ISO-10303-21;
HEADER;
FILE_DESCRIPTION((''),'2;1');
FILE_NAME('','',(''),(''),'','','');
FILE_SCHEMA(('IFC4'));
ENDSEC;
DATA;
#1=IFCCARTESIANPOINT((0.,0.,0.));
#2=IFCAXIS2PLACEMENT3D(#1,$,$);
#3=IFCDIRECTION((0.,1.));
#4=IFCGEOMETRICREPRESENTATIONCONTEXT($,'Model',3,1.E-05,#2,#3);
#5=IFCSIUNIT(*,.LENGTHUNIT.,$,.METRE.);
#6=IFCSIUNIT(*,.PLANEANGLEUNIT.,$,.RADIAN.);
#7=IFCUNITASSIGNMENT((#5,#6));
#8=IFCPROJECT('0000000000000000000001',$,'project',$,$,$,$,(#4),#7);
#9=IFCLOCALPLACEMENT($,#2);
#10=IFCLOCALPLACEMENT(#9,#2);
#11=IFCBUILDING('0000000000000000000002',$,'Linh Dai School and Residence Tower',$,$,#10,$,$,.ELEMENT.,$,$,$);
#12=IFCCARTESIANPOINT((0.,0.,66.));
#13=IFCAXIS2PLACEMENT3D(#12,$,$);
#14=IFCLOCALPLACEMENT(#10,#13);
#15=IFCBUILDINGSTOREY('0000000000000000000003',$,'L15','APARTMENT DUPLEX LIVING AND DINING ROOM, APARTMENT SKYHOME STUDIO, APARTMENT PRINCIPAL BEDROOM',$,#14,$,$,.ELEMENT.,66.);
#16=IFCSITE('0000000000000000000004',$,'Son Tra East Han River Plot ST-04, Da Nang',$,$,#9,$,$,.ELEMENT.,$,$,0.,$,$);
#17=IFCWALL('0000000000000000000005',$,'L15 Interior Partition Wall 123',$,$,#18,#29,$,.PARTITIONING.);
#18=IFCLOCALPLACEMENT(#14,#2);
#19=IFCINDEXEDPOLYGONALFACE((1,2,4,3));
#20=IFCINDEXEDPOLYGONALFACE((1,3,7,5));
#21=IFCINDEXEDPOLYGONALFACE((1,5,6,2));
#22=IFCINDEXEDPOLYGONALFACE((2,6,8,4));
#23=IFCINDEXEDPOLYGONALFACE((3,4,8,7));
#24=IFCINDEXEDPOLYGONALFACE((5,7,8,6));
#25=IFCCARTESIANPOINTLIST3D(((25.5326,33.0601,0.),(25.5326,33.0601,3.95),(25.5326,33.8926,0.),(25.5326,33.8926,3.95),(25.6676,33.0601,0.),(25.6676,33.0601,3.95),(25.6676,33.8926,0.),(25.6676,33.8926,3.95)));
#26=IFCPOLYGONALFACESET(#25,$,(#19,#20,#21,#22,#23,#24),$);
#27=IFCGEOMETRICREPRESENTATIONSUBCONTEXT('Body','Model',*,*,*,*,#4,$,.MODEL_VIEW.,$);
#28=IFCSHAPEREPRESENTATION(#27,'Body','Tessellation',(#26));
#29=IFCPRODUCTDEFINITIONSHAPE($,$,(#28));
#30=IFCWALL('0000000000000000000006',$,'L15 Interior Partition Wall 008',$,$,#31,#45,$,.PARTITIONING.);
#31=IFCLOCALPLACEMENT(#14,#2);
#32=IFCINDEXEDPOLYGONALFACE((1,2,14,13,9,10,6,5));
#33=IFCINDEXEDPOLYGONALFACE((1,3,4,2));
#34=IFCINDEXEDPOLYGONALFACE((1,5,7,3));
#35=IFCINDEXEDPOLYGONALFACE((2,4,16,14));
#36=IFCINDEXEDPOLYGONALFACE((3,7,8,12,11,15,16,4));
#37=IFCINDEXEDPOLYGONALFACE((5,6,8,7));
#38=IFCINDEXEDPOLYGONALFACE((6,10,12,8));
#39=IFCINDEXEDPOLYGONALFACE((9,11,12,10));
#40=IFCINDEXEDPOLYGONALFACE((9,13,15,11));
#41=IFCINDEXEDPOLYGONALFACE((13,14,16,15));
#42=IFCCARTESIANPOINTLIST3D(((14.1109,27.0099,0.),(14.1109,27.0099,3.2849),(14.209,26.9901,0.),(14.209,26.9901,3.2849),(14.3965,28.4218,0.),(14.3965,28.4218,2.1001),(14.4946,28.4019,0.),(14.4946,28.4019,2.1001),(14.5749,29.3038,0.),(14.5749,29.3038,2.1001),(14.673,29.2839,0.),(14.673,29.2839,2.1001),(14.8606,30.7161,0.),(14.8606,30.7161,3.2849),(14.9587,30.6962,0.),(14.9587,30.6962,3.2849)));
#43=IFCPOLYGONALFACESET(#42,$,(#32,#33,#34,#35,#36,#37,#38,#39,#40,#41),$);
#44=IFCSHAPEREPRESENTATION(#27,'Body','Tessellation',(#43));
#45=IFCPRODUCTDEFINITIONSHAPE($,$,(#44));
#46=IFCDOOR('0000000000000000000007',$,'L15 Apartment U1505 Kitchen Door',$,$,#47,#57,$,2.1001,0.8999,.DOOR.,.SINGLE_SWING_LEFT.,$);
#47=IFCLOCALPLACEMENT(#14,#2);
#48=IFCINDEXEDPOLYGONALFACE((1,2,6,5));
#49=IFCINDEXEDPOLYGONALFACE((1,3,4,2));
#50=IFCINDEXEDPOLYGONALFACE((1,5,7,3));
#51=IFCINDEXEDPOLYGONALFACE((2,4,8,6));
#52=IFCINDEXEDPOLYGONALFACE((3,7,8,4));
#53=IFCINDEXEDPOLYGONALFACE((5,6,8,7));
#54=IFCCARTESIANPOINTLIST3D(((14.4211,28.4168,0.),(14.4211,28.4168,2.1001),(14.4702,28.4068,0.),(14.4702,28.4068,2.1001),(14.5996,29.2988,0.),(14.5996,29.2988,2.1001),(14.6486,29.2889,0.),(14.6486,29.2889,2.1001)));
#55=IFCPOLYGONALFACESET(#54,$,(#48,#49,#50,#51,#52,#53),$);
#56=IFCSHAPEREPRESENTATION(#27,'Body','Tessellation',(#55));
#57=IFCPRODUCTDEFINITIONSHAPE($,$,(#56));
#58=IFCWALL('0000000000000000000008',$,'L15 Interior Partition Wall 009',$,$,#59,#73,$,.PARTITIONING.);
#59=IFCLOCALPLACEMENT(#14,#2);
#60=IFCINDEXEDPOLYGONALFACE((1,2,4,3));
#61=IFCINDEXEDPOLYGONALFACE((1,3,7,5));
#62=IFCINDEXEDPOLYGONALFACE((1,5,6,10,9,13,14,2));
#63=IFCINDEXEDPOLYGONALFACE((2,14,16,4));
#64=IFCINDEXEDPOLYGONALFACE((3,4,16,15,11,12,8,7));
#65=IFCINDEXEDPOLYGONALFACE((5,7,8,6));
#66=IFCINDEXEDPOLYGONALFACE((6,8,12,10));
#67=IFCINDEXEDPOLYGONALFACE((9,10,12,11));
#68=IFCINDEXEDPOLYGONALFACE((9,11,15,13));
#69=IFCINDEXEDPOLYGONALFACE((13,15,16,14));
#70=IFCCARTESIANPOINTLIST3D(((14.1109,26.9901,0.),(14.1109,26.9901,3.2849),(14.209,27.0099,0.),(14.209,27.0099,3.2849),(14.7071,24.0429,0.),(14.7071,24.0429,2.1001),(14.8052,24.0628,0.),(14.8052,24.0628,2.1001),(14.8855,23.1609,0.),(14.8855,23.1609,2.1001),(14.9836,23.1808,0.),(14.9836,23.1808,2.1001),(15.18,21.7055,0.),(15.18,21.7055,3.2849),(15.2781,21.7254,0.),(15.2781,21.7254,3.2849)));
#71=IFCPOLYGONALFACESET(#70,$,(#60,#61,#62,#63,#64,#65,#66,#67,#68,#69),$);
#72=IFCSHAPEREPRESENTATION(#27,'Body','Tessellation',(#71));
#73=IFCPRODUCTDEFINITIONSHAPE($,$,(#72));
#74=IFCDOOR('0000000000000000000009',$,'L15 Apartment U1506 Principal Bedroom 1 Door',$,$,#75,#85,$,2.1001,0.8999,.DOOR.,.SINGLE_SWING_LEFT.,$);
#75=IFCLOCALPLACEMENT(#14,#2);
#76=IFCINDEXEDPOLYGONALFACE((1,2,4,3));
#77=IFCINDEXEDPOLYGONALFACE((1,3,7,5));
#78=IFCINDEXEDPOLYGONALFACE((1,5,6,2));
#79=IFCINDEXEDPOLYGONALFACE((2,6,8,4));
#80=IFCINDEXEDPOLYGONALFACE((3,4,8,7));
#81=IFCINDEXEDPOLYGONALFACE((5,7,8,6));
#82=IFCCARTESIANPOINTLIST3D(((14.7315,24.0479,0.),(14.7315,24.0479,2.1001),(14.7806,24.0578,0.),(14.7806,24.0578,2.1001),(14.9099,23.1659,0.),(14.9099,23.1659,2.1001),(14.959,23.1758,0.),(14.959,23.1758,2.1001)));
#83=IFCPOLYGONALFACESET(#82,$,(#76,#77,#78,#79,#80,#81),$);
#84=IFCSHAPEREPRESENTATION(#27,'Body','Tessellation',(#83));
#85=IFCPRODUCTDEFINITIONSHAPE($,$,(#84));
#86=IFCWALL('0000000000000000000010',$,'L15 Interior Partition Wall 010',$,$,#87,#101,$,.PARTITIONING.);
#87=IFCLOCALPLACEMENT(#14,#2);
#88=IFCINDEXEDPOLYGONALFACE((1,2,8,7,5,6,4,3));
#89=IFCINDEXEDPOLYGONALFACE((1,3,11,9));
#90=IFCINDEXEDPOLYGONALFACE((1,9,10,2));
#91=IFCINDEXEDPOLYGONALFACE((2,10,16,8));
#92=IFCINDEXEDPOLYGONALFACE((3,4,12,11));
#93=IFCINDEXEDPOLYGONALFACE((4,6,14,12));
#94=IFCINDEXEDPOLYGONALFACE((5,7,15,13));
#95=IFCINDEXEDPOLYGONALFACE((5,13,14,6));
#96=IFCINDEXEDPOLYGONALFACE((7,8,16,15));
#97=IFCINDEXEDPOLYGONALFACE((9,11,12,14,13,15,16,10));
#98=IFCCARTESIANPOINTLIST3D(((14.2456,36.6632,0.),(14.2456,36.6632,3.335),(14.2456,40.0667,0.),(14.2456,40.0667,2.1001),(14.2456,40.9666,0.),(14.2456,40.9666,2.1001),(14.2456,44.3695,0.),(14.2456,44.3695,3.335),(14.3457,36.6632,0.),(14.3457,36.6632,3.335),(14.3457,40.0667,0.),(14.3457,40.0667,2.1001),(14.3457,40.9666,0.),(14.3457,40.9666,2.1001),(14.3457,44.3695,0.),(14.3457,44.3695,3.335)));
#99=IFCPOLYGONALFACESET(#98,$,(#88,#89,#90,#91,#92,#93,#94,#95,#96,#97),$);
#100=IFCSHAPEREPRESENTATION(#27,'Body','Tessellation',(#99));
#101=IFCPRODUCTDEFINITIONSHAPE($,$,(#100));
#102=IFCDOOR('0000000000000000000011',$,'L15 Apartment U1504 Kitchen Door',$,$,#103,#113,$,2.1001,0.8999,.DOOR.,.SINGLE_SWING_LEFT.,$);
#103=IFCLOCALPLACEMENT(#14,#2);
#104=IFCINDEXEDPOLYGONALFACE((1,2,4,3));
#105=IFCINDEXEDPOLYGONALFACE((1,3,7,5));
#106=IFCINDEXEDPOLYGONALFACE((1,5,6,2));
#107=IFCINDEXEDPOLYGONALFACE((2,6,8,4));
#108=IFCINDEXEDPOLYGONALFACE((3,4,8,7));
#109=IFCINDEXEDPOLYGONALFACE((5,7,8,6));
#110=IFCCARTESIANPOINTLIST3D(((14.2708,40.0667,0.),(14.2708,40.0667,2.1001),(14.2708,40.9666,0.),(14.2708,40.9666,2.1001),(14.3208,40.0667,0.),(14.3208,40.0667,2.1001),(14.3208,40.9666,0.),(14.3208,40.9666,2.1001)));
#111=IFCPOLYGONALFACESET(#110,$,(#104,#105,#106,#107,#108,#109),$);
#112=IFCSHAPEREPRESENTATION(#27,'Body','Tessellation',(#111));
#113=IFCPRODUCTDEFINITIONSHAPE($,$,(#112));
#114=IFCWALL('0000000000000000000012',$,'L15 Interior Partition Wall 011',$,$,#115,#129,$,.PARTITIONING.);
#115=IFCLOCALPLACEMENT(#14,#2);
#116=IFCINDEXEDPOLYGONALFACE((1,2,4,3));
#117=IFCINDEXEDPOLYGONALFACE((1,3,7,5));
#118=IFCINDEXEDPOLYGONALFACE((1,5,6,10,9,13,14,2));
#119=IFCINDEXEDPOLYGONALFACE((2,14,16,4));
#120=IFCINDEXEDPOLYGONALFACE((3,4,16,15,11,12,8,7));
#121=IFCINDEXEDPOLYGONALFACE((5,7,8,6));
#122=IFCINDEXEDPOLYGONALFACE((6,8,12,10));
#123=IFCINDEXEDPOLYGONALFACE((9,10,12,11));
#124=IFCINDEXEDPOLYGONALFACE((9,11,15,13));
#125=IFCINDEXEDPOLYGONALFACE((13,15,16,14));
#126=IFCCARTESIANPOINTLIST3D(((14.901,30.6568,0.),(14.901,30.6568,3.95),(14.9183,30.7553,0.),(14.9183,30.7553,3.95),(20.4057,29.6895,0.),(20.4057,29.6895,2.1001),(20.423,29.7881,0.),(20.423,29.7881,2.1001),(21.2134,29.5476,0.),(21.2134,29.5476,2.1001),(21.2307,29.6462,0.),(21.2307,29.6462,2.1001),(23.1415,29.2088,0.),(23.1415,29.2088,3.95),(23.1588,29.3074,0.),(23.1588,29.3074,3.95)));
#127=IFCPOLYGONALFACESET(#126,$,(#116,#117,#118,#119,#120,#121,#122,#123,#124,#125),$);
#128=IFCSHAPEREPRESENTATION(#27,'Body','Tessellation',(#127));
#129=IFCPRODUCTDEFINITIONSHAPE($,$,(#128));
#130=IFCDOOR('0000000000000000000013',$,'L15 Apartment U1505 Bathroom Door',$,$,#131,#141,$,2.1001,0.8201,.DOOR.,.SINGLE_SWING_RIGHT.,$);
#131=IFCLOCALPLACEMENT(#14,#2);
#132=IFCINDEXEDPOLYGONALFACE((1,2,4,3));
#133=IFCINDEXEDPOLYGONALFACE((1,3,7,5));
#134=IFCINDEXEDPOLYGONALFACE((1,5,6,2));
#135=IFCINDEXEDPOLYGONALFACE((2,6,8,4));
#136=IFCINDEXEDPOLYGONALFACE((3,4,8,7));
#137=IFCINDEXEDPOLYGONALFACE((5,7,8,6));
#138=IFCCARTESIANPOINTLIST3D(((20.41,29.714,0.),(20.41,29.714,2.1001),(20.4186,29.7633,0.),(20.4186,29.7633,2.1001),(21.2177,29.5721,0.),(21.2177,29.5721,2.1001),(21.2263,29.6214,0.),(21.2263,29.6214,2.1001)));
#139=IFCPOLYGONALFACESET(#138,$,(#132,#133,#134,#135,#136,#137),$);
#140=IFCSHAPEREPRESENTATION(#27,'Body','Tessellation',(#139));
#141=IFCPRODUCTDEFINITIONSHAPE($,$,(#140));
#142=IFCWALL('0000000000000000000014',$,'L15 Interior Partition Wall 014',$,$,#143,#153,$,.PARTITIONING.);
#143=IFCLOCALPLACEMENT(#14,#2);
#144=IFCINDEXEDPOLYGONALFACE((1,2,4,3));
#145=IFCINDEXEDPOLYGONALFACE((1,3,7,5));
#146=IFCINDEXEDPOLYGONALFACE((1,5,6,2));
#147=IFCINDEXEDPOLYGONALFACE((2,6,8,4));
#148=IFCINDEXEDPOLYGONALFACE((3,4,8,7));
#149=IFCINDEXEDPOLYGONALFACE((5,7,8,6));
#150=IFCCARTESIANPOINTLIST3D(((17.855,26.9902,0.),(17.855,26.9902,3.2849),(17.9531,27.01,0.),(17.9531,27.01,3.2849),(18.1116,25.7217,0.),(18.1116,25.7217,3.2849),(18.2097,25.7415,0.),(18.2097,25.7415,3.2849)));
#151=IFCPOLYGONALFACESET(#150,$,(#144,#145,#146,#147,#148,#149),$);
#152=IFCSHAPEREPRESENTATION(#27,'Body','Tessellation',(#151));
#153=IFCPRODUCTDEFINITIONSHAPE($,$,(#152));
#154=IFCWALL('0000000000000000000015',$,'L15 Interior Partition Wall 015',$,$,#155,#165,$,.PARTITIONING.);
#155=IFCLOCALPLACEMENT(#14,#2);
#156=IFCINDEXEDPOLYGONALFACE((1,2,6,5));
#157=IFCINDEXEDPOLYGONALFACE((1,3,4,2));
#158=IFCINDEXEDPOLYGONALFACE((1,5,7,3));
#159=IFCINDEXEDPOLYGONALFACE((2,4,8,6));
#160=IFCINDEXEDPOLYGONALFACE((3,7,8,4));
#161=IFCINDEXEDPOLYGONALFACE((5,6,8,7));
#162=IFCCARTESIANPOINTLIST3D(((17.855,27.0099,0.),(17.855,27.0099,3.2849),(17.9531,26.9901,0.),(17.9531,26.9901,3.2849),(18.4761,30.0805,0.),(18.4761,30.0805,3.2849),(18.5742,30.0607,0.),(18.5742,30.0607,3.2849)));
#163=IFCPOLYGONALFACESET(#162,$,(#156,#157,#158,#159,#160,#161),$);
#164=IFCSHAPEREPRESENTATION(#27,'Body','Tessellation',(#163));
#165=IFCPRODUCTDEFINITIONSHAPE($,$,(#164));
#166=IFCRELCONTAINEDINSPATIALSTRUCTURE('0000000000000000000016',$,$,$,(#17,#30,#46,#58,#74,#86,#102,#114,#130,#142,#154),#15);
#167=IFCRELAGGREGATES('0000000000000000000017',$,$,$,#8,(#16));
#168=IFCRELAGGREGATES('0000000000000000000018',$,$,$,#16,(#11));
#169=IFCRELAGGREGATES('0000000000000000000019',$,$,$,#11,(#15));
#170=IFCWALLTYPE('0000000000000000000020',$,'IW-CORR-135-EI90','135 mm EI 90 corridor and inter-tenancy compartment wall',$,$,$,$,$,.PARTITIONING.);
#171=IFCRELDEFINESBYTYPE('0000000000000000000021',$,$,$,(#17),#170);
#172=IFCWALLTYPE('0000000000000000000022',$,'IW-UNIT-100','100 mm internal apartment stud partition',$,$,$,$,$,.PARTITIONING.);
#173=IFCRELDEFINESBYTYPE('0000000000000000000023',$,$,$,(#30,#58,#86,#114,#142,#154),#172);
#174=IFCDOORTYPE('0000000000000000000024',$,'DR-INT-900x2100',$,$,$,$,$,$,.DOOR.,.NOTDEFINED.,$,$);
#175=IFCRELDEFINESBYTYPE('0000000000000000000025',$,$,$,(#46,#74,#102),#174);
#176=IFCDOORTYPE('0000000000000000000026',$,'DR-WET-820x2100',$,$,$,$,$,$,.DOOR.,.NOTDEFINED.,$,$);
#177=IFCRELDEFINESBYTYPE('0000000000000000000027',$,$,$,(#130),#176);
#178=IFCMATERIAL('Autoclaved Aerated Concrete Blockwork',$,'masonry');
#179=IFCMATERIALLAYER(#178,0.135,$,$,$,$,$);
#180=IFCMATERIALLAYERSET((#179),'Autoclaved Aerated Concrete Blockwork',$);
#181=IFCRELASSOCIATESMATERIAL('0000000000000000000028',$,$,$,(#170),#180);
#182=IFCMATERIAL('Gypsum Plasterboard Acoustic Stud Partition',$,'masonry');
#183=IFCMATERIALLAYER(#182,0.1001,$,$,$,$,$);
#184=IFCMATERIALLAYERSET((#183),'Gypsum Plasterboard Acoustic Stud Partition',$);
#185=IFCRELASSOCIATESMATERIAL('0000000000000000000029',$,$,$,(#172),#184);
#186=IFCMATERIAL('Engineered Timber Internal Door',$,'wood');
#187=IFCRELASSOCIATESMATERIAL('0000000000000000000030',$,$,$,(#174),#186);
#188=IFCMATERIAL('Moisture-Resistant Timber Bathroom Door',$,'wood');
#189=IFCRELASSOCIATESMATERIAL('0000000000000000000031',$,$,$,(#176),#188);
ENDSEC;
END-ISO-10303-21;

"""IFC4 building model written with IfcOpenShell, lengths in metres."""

from ifc_helpers import new_model, si_unit, direction, frame, frame_2d, origin, origin_2d, place, context, subcontext, project, spatial, rectangle, extrude, source, transform, mapped, material, layer, layer_set, type_object, element, fill, save


model = new_model("IFC4")

# Units and contexts
model_context = context("Model", 3, precision=1e-05, world=origin(), true_north=direction((0.0, 1.0)))
body_context = subcontext(model_context, "Body", "Model", "MODEL_VIEW")
ifc_project = project(units=[si_unit("LENGTHUNIT", "METRE"), si_unit("PLANEANGLEUNIT", "RADIAN")], contexts=[model_context])

# Site, building, storey
site_placement = place(None, origin())
site = spatial("IfcSite", under=ifc_project, at=site_placement, Name="Son Tra East Han River Plot ST-04, Da Nang", CompositionType="ELEMENT", RefElevation=0.0)
building_placement = place(site_placement, origin())
building = spatial("IfcBuilding", under=site, at=building_placement, Name="Linh Dai School and Residence Tower", CompositionType="ELEMENT")
storey_placement = place(building_placement, frame((0.0, 0.0, 66.0)))
storey = spatial("IfcBuildingStorey", under=building, at=storey_placement, Name="L15", Description="APARTMENT DUPLEX LIVING AND DINING ROOM, APARTMENT SKYHOME STUDIO, APARTMENT PRINCIPAL BEDROOM", CompositionType="ELEMENT", Elevation=66.0)

# Shared definitions
ifc_material_1 = material(Name="Autoclaved Aerated Concrete Blockwork", Category="masonry")
ifc_layer_1 = layer(ifc_material_1, 0.135)
ifc_layer_set_1 = layer_set([ifc_layer_1], Name="Autoclaved Aerated Concrete Blockwork")
wall_type_1 = type_object("IfcWallType", Name="IW-CORR-135-EI90", Description="135 mm EI 90 corridor and inter-tenancy compartment wall", PredefinedType="PARTITIONING", material=ifc_layer_set_1)

# Wall
wall_1_placement = place(storey_placement, frame((25.6001, 33.8926, 0.0), z_axis=(0.0, 0.0, 1.0), x_axis=(0.0, -1.0, 0.0)))
element("IfcWall", 1, at=wall_1_placement, inside=storey, type_object=wall_type_1, Name="L15 Interior Partition Wall 123", PredefinedType="PARTITIONING", context=body_context, shape_type="SweptSolid", body=[
    extrude(rectangle(XDim=0.8325, YDim=0.135, at=frame_2d((0.4163, 0.0))), origin(), (0.0, 0.0, 1.0), 3.95),
])

# Walls, openings, doors
ifc_material_2 = material(Name="Gypsum Plasterboard Acoustic Stud Partition", Category="masonry")
ifc_layer_2 = layer(ifc_material_2, 0.1001)
ifc_layer_set_2 = layer_set([ifc_layer_2], Name="Gypsum Plasterboard Acoustic Stud Partition")
wall_type_2 = type_object("IfcWallType", Name="IW-UNIT-100", Description="100 mm internal apartment stud partition", PredefinedType="PARTITIONING", material=ifc_layer_set_2)
wall_2_placement = place(storey_placement, frame((14.1599, 27.0, 0.0), z_axis=(0.0, 0.0, 1.0), x_axis=(0.198289, 0.980144, 0.0)))
wall_2 = element("IfcWall", 2, at=wall_2_placement, inside=storey, type_object=wall_type_2, Name="L15 Interior Partition Wall 008", PredefinedType="PARTITIONING", context=body_context, shape_type="SweptSolid", body=[
    extrude(rectangle(XDim=3.7812, YDim=0.1001, at=frame_2d((1.8906, 0.0))), origin(), (0.0, 0.0, 1.0), 3.2849),
])
opening_1_placement = place(wall_2_placement, frame((1.4404, 0.0, 0.0)))
opening_1 = element("IfcOpeningElement", 3, at=opening_1_placement, cuts=wall_2, PredefinedType="OPENING", context=body_context, shape_type="SweptSolid", body=[
    extrude(rectangle(XDim=0.8999, YDim=2.1001, at=origin_2d()), frame((0.45, 0.0601, 1.05), z_axis=(0.0, -1.0, 0.0), x_axis=(1.0, 0.0, 0.0)), (0.0, 0.0, 1.0), 0.1201),
])
ifc_material_3 = material(Name="Engineered Timber Internal Door", Category="wood")
door_type_1 = type_object("IfcDoorType", Name="DR-INT-900x2100", OperationType="NOTDEFINED", PredefinedType="DOOR", material=ifc_material_3)
shared_shape_1 = source(origin(), body_context, "Body", "SweptSolid", [
    extrude(rectangle(XDim=0.8999, YDim=2.1001, at=origin_2d()), frame((0.45, 0.0249, 1.05), z_axis=(0.0, -1.0, 0.0), x_axis=(1.0, 0.0, 0.0)), (0.0, 0.0, 1.0), 0.05),
])
door_1_placement = place(opening_1_placement, origin())
door_1 = element("IfcDoor", 4, at=door_1_placement, inside=storey, type_object=door_type_1, Name="L15 Apartment U1505 Kitchen Door", OperationType="SINGLE_SWING_LEFT", OverallHeight=2.1001, OverallWidth=0.8999, PredefinedType="DOOR", context=body_context, shape_type="MappedRepresentation", body=[
    mapped(shared_shape_1, transform((0.0, 0.0, 0.0), x_axis=(1.0, 0.0, 0.0), y_axis=(0.0, 1.0, 0.0), z_axis=(0.0, 0.0, 1.0), scale=1.0)),
])
fill(opening_1, door_1)
wall_3_placement = place(storey_placement, frame((14.1599, 27.0, 0.0), z_axis=(0.0, 0.0, 1.0), x_axis=(0.198293, -0.980143, 0.0)))
wall_3 = element("IfcWall", 5, at=wall_3_placement, inside=storey, type_object=wall_type_2, Name="L15 Interior Partition Wall 009", PredefinedType="PARTITIONING", context=body_context, shape_type="SweptSolid", body=[
    extrude(rectangle(XDim=5.3916, YDim=0.1001, at=frame_2d((2.6958, 0.0))), origin(), (0.0, 0.0, 1.0), 3.2849),
])
opening_2_placement = place(wall_3_placement, frame((3.0068, 0.0, 0.0)))
opening_2 = element("IfcOpeningElement", 6, at=opening_2_placement, cuts=wall_3, PredefinedType="OPENING", context=body_context, shape_type="SweptSolid", body=[
    extrude(rectangle(XDim=0.8999, YDim=2.1001, at=origin_2d()), frame((0.45, 0.0601, 1.05), z_axis=(0.0, -1.0, 0.0), x_axis=(1.0, 0.0, 0.0)), (0.0, 0.0, 1.0), 0.1201),
])
door_2_placement = place(opening_2_placement, origin())
door_2 = element("IfcDoor", 7, at=door_2_placement, inside=storey, type_object=door_type_1, Name="L15 Apartment U1506 Principal Bedroom 1 Door", OperationType="SINGLE_SWING_LEFT", OverallHeight=2.1001, OverallWidth=0.8999, PredefinedType="DOOR", context=body_context, shape_type="MappedRepresentation", body=[
    mapped(shared_shape_1, transform((0.0, 0.0, 0.0), x_axis=(1.0, 0.0, 0.0), y_axis=(0.0, 1.0, 0.0), z_axis=(0.0, 0.0, 1.0), scale=1.0)),
])
fill(opening_2, door_2)
wall_4_placement = place(storey_placement, frame((14.2957, 36.6633, 0.0), z_axis=(0.0, 0.0, 1.0), x_axis=(0.0, 1.0, 0.0)))
wall_4 = element("IfcWall", 8, at=wall_4_placement, inside=storey, type_object=wall_type_2, Name="L15 Interior Partition Wall 010", PredefinedType="PARTITIONING", context=body_context, shape_type="SweptSolid", body=[
    extrude(rectangle(XDim=7.7063, YDim=0.1001, at=frame_2d((3.853, 0.0))), origin(), (0.0, 0.0, 1.0), 3.335),
])
opening_3_placement = place(wall_4_placement, frame((3.4033, 0.0, 0.0)))
opening_3 = element("IfcOpeningElement", 9, at=opening_3_placement, cuts=wall_4, PredefinedType="OPENING", context=body_context, shape_type="SweptSolid", body=[
    extrude(rectangle(XDim=0.8999, YDim=2.1001, at=origin_2d()), frame((0.45, 0.0601, 1.05), z_axis=(0.0, -1.0, 0.0), x_axis=(1.0, 0.0, 0.0)), (0.0, 0.0, 1.0), 0.1201),
])
door_3_placement = place(opening_3_placement, origin())
door_3 = element("IfcDoor", 10, at=door_3_placement, inside=storey, type_object=door_type_1, Name="L15 Apartment U1504 Kitchen Door", OperationType="SINGLE_SWING_LEFT", OverallHeight=2.1001, OverallWidth=0.8999, PredefinedType="DOOR", context=body_context, shape_type="MappedRepresentation", body=[
    mapped(shared_shape_1, transform((0.0, 0.0, 0.0), x_axis=(1.0, 0.0, 0.0), y_axis=(0.0, 1.0, 0.0), z_axis=(0.0, 0.0, 1.0), scale=1.0)),
])
fill(opening_3, door_3)
wall_5_placement = place(storey_placement, frame((14.9097, 30.7061, 0.0), z_axis=(0.0, 0.0, 1.0), x_axis=(0.98491, -0.173066, 0.0)))
wall_5 = element("IfcWall", 11, at=wall_5_placement, inside=storey, type_object=wall_type_2, Name="L15 Interior Partition Wall 011", PredefinedType="PARTITIONING", context=body_context, shape_type="SweptSolid", body=[
    extrude(rectangle(XDim=8.3667, YDim=0.1001, at=frame_2d((4.1833, 0.0))), origin(), (0.0, 0.0, 1.0), 3.95),
])
opening_4_placement = place(wall_5_placement, frame((5.5889, 0.0, 0.0)))
opening_4 = element("IfcOpeningElement", 12, at=opening_4_placement, cuts=wall_5, PredefinedType="OPENING", context=body_context, shape_type="SweptSolid", body=[
    extrude(rectangle(XDim=0.8201, YDim=2.1001, at=origin_2d()), frame((0.4102, 0.0601, 1.05), z_axis=(0.0, -1.0, 0.0), x_axis=(1.0, 0.0, 0.0)), (0.0, 0.0, 1.0), 0.1201),
])
ifc_material_4 = material(Name="Moisture-Resistant Timber Bathroom Door", Category="wood")
door_type_2 = type_object("IfcDoorType", Name="DR-WET-820x2100", OperationType="NOTDEFINED", PredefinedType="DOOR", material=ifc_material_4)
shared_shape_2 = source(origin(), body_context, "Body", "SweptSolid", [
    extrude(rectangle(XDim=0.8201, YDim=2.1001, at=origin_2d()), frame((0.4102, 0.0249, 1.05), z_axis=(0.0, -1.0, 0.0), x_axis=(1.0, 0.0, 0.0)), (0.0, 0.0, 1.0), 0.05),
])
door_4_placement = place(opening_4_placement, origin())
door_4 = element("IfcDoor", 13, at=door_4_placement, inside=storey, type_object=door_type_2, Name="L15 Apartment U1505 Bathroom Door", OperationType="SINGLE_SWING_RIGHT", OverallHeight=2.1001, OverallWidth=0.8201, PredefinedType="DOOR", context=body_context, shape_type="MappedRepresentation", body=[
    mapped(shared_shape_2, transform((0.0, 0.0, 0.0), x_axis=(1.0, 0.0, 0.0), y_axis=(0.0, 1.0, 0.0), z_axis=(0.0, 0.0, 1.0), scale=1.0)),
])
fill(opening_4, door_4)

# Walls
wall_6_placement = place(storey_placement, frame((17.9041, 27.0, 0.0), z_axis=(0.0, 0.0, 1.0), x_axis=(0.198256, -0.98015, 0.0)))
element("IfcWall", 14, at=wall_6_placement, inside=storey, type_object=wall_type_2, Name="L15 Interior Partition Wall 014", PredefinedType="PARTITIONING", context=body_context, shape_type="SweptSolid", body=[
    extrude(rectangle(XDim=1.2942, YDim=0.1001, at=frame_2d((0.647, 0.0))), origin(), (0.0, 0.0, 1.0), 3.2849),
])
wall_7_placement = place(storey_placement, frame((17.9041, 27.0, 0.0), z_axis=(0.0, 0.0, 1.0), x_axis=(0.198259, 0.98015, 0.0)))
element("IfcWall", 15, at=wall_7_placement, inside=storey, type_object=wall_type_2, Name="L15 Interior Partition Wall 015", PredefinedType="PARTITIONING", context=body_context, shape_type="SweptSolid", body=[
    extrude(rectangle(XDim=3.1328, YDim=0.1001, at=frame_2d((1.5664, 0.0))), origin(), (0.0, 0.0, 1.0), 3.2849),
])

save(model, "model.ifc")
